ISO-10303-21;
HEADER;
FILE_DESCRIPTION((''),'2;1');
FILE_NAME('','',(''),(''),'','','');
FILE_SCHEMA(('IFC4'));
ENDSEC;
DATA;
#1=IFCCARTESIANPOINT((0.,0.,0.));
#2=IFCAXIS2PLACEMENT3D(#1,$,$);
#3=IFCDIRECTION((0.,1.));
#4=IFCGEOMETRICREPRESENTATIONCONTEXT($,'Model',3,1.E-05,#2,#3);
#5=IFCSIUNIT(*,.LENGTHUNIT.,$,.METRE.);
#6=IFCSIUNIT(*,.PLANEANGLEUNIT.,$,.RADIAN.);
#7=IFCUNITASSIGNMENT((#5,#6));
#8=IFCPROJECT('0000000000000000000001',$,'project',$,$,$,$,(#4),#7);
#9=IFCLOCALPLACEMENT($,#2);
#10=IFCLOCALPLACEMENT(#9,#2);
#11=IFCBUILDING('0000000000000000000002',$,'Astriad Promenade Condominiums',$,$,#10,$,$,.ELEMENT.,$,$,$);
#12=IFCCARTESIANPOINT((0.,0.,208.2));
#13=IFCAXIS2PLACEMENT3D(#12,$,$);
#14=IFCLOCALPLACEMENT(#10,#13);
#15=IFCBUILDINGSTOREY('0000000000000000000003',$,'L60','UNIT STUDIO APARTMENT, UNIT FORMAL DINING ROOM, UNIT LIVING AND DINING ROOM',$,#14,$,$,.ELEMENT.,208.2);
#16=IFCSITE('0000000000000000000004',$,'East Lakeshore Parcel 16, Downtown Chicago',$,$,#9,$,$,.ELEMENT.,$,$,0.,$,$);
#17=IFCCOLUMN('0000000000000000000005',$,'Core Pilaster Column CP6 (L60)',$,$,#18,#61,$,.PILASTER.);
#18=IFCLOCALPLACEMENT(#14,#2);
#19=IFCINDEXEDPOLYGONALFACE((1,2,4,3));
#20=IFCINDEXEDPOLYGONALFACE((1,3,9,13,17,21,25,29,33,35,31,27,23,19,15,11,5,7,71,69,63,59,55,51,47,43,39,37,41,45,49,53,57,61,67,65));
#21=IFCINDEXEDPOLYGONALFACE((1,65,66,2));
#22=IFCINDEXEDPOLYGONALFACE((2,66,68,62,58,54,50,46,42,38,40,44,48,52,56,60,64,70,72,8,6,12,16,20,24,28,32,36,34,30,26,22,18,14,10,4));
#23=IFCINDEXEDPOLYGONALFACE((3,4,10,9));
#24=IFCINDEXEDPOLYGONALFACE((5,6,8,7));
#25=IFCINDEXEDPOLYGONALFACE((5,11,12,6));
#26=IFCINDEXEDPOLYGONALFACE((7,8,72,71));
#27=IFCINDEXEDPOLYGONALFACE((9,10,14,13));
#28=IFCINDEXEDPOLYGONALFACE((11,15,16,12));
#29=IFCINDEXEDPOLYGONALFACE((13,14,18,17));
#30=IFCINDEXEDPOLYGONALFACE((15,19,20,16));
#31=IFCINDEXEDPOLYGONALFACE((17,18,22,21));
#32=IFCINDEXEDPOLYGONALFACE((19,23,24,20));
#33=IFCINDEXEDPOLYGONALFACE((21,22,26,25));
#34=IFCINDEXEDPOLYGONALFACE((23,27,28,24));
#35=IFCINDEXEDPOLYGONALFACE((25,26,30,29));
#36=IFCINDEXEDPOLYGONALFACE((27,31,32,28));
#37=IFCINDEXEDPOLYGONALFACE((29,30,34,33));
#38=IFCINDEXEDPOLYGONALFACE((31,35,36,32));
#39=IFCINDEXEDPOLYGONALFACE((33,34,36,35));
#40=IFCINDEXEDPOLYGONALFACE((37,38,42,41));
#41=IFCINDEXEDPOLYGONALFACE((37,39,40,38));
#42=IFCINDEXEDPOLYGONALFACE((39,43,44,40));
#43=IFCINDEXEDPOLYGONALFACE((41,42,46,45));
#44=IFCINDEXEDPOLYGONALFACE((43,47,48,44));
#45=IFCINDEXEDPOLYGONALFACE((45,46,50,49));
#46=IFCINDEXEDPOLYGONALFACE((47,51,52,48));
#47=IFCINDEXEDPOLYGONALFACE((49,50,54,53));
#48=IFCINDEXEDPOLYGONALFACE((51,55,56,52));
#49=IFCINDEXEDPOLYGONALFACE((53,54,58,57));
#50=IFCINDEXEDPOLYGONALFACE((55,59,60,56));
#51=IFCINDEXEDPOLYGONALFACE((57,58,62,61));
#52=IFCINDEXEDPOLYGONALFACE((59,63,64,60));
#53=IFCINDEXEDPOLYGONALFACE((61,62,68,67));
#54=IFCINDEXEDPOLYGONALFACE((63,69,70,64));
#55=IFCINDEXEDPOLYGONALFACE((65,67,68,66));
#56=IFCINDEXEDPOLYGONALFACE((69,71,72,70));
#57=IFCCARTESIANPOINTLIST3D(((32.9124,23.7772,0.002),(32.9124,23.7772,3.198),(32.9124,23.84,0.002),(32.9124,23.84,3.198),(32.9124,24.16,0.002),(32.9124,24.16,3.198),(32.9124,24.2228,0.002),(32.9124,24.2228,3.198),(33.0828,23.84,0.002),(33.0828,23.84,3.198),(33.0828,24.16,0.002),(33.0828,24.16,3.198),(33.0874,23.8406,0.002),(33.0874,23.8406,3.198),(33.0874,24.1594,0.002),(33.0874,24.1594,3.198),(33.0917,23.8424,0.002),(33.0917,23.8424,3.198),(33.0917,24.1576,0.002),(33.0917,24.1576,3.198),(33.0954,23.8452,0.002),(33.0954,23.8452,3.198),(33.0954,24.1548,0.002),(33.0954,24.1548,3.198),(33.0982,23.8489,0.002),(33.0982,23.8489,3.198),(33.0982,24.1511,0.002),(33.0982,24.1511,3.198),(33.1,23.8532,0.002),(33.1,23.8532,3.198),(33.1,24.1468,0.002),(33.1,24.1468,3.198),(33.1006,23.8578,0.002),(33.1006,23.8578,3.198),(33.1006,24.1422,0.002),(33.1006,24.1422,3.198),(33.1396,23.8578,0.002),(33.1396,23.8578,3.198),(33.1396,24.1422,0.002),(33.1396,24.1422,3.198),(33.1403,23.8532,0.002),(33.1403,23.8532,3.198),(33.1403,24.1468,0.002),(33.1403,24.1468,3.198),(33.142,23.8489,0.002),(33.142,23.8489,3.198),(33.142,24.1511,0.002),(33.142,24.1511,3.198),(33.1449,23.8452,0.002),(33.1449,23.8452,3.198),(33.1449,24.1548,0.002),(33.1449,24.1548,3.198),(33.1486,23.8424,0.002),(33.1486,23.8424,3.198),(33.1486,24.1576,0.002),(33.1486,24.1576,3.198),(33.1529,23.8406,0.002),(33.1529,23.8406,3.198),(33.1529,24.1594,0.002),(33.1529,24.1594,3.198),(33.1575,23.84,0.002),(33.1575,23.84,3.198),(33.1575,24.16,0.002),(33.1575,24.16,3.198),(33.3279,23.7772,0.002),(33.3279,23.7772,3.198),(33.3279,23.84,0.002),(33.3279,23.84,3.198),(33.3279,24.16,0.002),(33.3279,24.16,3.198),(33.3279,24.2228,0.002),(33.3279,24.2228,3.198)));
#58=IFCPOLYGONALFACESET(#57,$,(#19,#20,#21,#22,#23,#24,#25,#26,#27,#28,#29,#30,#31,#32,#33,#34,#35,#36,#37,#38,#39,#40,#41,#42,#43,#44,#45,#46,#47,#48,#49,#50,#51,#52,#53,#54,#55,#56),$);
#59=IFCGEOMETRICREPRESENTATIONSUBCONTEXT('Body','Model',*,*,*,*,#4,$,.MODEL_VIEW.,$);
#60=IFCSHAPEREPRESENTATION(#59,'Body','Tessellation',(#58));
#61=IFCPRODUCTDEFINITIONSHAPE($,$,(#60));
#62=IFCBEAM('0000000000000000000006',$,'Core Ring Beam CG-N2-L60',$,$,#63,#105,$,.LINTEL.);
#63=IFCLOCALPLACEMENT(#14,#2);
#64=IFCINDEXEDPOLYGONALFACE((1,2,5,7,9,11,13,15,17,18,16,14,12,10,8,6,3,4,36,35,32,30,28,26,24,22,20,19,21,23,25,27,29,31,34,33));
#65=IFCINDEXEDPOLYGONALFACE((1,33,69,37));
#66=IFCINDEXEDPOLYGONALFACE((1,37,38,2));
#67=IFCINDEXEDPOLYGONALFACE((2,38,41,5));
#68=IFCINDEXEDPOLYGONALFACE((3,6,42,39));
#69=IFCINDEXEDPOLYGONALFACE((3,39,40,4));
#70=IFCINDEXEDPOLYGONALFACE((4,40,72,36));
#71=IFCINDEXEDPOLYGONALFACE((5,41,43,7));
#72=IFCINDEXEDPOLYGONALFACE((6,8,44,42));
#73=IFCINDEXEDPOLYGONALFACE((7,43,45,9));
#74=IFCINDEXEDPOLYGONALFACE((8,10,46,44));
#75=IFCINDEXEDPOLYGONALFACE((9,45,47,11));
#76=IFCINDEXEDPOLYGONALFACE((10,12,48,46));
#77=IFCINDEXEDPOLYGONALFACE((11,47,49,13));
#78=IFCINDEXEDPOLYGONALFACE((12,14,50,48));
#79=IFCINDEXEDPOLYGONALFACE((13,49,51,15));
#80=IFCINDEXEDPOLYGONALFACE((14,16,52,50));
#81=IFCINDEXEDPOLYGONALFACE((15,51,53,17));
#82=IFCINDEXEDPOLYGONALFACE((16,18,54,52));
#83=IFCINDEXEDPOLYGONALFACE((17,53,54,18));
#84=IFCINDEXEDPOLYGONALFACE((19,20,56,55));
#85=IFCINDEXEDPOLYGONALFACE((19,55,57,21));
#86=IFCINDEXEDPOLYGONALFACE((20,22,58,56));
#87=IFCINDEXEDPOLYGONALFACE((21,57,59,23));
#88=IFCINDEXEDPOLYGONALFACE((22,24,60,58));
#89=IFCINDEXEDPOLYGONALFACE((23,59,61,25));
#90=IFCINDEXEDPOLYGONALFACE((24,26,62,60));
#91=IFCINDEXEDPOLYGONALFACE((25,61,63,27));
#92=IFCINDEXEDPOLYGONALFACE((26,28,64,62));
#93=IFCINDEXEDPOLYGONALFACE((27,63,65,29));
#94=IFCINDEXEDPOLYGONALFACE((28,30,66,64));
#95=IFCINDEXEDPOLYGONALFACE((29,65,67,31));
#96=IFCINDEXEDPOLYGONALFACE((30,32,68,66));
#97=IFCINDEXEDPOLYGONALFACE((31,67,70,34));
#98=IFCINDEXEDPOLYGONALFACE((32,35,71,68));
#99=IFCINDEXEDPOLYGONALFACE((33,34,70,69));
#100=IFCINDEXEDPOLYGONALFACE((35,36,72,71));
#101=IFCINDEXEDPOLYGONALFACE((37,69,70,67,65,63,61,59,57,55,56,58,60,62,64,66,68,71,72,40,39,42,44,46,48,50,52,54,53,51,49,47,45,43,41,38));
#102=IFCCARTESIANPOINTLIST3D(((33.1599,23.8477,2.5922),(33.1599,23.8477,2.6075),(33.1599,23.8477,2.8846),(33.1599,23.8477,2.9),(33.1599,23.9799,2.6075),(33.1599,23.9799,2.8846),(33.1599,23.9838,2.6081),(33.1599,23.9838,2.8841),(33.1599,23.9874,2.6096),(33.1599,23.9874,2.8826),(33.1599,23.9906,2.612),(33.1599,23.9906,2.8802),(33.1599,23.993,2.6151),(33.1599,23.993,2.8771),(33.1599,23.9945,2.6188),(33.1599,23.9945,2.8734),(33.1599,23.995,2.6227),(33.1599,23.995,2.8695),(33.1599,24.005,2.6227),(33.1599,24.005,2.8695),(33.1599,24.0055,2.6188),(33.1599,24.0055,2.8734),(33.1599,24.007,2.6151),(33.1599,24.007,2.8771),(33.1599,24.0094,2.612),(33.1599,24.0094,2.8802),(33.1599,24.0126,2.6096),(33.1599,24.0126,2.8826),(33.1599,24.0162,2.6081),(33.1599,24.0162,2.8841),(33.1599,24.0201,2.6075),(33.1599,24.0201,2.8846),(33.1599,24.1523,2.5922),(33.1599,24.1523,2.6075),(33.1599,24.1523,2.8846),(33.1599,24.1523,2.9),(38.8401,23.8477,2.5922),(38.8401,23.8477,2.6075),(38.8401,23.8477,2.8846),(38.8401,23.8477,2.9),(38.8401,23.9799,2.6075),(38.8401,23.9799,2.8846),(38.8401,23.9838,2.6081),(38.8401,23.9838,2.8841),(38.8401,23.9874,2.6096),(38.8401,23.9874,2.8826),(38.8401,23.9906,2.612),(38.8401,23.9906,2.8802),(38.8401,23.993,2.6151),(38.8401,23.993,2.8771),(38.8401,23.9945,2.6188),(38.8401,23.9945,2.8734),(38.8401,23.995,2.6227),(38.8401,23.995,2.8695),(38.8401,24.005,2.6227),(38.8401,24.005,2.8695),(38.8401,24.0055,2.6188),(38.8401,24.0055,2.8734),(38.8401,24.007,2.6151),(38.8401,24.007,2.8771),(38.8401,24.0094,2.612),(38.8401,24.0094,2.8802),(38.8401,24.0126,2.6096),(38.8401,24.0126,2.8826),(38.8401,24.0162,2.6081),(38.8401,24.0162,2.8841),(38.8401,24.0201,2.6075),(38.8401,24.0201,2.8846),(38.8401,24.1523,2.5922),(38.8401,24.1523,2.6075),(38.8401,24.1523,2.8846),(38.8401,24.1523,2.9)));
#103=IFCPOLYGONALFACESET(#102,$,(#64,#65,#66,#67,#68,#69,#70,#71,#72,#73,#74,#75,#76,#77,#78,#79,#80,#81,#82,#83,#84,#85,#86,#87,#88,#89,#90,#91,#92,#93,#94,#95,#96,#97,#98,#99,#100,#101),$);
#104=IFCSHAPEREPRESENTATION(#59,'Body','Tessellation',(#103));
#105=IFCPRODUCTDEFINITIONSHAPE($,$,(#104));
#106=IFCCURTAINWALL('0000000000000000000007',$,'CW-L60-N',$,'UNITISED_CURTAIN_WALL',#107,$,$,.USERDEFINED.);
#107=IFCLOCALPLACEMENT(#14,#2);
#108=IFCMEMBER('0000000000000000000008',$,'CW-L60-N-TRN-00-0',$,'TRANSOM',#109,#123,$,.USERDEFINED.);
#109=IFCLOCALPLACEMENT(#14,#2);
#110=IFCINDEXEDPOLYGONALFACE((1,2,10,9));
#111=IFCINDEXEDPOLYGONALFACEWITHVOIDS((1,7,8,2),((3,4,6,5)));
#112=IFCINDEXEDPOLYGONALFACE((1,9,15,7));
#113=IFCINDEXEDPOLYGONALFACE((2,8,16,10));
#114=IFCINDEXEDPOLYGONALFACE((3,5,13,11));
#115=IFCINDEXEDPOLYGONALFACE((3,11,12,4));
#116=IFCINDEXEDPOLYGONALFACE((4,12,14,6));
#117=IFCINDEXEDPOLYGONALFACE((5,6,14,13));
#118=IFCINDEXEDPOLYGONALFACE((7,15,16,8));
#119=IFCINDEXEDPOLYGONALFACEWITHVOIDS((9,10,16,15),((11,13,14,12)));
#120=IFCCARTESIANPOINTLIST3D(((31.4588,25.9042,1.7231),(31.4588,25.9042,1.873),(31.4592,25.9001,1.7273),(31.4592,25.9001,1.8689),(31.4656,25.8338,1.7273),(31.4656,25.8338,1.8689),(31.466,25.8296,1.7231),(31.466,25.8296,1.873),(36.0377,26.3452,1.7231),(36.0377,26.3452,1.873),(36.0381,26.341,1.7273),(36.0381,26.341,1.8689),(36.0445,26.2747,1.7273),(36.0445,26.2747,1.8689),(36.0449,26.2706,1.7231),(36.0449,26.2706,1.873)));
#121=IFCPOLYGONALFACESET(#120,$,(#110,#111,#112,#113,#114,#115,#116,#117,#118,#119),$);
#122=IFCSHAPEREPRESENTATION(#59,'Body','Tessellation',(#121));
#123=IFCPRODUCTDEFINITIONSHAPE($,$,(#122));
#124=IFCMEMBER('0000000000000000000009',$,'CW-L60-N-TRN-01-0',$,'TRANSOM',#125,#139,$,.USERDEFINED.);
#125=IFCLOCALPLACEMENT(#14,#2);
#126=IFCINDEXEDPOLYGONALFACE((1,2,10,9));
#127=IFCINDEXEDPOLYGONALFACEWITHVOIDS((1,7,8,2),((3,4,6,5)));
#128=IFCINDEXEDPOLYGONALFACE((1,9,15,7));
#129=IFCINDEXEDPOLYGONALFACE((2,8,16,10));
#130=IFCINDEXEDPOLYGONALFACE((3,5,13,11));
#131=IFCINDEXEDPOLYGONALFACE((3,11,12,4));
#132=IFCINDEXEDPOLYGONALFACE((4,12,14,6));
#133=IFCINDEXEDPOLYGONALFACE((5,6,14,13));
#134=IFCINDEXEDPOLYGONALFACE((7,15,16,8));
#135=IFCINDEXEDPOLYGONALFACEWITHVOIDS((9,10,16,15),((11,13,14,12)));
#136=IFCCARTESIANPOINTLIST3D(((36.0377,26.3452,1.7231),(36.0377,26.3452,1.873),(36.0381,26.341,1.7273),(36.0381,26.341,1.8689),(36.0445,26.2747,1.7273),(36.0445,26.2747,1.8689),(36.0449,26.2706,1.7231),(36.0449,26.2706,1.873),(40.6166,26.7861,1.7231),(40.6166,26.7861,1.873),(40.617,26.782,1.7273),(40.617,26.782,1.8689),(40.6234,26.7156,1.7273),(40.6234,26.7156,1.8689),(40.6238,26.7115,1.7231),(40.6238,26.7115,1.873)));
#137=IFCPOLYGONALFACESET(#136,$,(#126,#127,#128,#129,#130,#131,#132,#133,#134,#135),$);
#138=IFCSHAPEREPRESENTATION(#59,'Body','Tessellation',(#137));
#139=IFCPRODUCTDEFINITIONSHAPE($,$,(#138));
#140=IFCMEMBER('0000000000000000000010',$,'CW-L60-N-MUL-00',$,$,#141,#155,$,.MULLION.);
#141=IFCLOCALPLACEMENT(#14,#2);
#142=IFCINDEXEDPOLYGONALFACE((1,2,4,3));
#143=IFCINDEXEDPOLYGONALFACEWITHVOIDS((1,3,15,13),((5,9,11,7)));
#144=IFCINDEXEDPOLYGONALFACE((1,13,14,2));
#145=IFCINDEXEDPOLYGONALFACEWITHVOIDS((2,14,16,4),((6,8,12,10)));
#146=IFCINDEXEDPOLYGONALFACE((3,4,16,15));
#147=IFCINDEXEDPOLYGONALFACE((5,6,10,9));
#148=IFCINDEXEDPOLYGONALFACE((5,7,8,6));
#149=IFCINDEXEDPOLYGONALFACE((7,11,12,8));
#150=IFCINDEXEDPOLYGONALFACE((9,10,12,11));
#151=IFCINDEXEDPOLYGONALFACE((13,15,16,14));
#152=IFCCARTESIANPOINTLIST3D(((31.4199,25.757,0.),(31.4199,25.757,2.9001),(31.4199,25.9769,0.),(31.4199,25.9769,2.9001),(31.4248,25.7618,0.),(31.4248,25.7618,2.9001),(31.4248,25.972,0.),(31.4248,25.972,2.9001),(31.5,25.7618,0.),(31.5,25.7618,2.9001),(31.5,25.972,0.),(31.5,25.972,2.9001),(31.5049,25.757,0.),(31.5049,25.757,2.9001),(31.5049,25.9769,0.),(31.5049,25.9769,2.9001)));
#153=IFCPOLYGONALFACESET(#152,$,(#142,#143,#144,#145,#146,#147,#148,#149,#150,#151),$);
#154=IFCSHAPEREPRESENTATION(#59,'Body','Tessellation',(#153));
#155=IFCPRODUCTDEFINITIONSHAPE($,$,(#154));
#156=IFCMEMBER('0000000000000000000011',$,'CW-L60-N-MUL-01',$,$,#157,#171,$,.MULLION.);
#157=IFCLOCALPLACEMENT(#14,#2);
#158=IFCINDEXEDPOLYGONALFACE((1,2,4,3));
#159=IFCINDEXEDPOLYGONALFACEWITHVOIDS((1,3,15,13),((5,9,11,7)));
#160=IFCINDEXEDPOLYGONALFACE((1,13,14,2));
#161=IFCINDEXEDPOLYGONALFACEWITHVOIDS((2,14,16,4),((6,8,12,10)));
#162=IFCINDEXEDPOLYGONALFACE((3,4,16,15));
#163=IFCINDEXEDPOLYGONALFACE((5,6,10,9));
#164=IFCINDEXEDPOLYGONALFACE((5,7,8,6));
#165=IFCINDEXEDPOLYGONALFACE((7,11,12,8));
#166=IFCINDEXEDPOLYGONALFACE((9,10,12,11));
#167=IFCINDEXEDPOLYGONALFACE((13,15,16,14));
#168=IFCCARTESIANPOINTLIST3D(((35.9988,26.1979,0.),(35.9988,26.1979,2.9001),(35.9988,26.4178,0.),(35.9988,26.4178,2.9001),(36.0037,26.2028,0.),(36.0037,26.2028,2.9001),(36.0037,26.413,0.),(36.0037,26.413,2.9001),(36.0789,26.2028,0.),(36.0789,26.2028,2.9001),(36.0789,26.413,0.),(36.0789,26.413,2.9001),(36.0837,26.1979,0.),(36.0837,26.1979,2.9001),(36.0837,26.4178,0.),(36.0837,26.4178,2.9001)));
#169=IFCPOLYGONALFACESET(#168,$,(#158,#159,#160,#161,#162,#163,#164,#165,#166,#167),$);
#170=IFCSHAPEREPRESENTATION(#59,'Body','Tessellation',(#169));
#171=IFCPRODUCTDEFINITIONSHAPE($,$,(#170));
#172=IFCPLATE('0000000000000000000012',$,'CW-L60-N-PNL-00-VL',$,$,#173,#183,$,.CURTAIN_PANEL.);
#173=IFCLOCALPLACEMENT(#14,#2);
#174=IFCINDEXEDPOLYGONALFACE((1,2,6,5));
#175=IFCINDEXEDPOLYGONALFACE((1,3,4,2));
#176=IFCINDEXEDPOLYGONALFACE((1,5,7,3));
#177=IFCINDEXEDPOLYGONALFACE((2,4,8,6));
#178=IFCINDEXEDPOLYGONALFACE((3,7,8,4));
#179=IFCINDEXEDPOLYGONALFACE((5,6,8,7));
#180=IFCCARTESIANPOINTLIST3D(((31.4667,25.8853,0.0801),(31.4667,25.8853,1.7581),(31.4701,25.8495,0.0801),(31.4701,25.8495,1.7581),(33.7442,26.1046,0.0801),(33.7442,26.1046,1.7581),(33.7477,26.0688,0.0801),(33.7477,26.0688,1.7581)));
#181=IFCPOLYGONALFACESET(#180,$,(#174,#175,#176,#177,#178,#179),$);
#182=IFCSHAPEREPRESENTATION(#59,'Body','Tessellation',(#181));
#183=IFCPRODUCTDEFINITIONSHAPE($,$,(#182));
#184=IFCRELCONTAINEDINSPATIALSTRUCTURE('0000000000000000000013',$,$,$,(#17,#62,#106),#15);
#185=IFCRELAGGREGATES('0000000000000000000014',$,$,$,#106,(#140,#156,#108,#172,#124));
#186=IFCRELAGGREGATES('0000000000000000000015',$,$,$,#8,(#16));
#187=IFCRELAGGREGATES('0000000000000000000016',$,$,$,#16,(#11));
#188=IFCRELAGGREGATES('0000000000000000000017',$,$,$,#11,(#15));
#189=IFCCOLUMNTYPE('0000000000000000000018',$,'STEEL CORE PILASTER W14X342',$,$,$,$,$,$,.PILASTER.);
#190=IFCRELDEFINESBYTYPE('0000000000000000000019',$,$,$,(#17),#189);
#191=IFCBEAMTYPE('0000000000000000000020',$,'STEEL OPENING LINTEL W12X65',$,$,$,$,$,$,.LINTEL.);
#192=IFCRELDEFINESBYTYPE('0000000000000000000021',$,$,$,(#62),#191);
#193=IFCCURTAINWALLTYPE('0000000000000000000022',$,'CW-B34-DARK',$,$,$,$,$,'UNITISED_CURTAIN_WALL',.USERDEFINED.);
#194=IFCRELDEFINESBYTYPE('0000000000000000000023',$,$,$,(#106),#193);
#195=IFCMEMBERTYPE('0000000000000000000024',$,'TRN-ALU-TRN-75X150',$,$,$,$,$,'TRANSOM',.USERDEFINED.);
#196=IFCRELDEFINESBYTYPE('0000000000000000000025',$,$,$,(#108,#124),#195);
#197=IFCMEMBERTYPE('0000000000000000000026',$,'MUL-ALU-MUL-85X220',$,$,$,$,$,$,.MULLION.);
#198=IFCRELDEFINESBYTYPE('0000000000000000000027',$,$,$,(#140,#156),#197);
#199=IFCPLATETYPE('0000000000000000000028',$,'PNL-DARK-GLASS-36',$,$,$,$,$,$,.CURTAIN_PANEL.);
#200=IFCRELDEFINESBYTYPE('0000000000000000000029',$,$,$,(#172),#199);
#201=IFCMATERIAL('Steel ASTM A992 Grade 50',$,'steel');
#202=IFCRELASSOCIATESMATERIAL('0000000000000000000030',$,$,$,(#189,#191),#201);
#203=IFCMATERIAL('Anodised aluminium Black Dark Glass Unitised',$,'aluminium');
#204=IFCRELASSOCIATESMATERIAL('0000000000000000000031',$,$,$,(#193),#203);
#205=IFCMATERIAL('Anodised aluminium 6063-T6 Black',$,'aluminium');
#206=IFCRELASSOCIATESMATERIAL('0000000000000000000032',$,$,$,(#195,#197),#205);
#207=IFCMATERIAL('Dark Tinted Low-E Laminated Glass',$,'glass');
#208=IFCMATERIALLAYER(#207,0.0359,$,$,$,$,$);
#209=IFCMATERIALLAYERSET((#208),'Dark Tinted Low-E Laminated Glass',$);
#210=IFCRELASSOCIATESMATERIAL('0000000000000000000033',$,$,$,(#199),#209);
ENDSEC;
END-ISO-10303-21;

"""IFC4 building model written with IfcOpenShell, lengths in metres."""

from ifc_helpers import new_model, si_unit, direction, frame, origin, origin_2d, place, context, subcontext, project, spatial, rectangle, hollow_rectangle, i_section, extrude, source, transform, mapped, material, layer, layer_set, material_profile, profile_set, type_object, type_shapes, element, aggregate, save


model = new_model("IFC4")

# Units and contexts
model_context = context("Model", 3, precision=1e-05, world=origin(), true_north=direction((0.0, 1.0)))
body_context = subcontext(model_context, "Body", "Model", "MODEL_VIEW")
ifc_project = project(units=[si_unit("LENGTHUNIT", "METRE"), si_unit("PLANEANGLEUNIT", "RADIAN")], contexts=[model_context])

# Site, building, storey
site_placement = place(None, origin())
site = spatial("IfcSite", under=ifc_project, at=site_placement, Name="East Lakeshore Parcel 16, Downtown Chicago", CompositionType="ELEMENT", RefElevation=0.0)
building_placement = place(site_placement, origin())
building = spatial("IfcBuilding", under=site, at=building_placement, Name="Astriad Promenade Condominiums", CompositionType="ELEMENT")
storey_placement = place(building_placement, frame((0.0, 0.0, 208.2)))
storey = spatial("IfcBuildingStorey", under=building, at=storey_placement, Name="L60", Description="UNIT STUDIO APARTMENT, UNIT FORMAL DINING ROOM, UNIT LIVING AND DINING ROOM", CompositionType="ELEMENT", Elevation=208.2)

# Column
ifc_material_1 = material(Name="Steel ASTM A992 Grade 50", Category="steel")
ifc_material_profile_1 = material_profile(ifc_material_1, i_section(OverallWidth=0.4155, OverallDepth=0.4456, WebThickness=0.0391, FlangeThickness=0.0627, FilletRadius=0.0178, at=origin_2d()), Name="W14X342")
ifc_profile_set_1 = profile_set([ifc_material_profile_1], Name="Steel ASTM A992 Grade 50")
column_type = type_object("IfcColumnType", Name="STEEL CORE PILASTER W14X342", PredefinedType="PILASTER", material=ifc_profile_set_1)
shared_shape_1 = source(origin(), body_context, "Body", "SweptSolid", [
    extrude(i_section(OverallWidth=0.4155, OverallDepth=0.4456, WebThickness=0.0391, FlangeThickness=0.0627, FilletRadius=0.0178, at=origin_2d()), origin(), (0.0, 0.0, 1.0), 3.196),
])
type_shapes(column_type, [shared_shape_1])
column_placement = place(storey_placement, frame((33.1201, 24.0, 0.002), z_axis=(0.0, 0.0, 1.0), x_axis=(1.0, 0.0, 0.0)))
element("IfcColumn", 1, at=column_placement, inside=storey, type_object=column_type, Name="Core Pilaster Column CP6 (L60)", PredefinedType="PILASTER", context=body_context, shape_type="MappedRepresentation", body=[
    mapped(shared_shape_1, transform((0.0, 0.0, 0.0), scale=1.0)),
])

# Beam
ifc_material_profile_2 = material_profile(ifc_material_1, i_section(OverallWidth=0.3047, OverallDepth=0.3079, WebThickness=0.01, FlangeThickness=0.0154, FilletRadius=0.0151, at=origin_2d()), Name="W12X65")
ifc_profile_set_2 = profile_set([ifc_material_profile_2], Name="Steel ASTM A992 Grade 50")
beam_type = type_object("IfcBeamType", Name="STEEL OPENING LINTEL W12X65", PredefinedType="LINTEL", material=ifc_profile_set_2)
shared_shape_2 = source(origin(), body_context, "Body", "SweptSolid", [
    extrude(i_section(OverallWidth=0.3047, OverallDepth=0.3079, WebThickness=0.01, FlangeThickness=0.0154, FilletRadius=0.0151, at=origin_2d()), origin(), (0.0, 0.0, 1.0), 5.6802),
])
type_shapes(beam_type, [shared_shape_2])
beam_placement = place(storey_placement, frame((33.1599, 24.0, 2.7461), z_axis=(1.0, 0.0, 0.0), x_axis=(0.0, 1.0, 0.0)))
element("IfcBeam", 2, at=beam_placement, inside=storey, type_object=beam_type, Name="Core Ring Beam CG-N2-L60", PredefinedType="LINTEL", context=body_context, shape_type="MappedRepresentation", body=[
    mapped(shared_shape_2, transform((0.0, 0.0, 0.0), scale=1.0)),
])

# Curtain wall, members, plate
ifc_material_2 = material(Name="Anodised aluminium Black Dark Glass Unitised", Category="aluminium")
curtain_wall_type = type_object("IfcCurtainWallType", Name="CW-B34-DARK", ElementType="UNITISED_CURTAIN_WALL", PredefinedType="USERDEFINED", material=ifc_material_2)
curtain_wall_placement = place(storey_placement, origin())
curtain_wall = element("IfcCurtainWall", 3, at=curtain_wall_placement, inside=storey, type_object=curtain_wall_type, Name="CW-L60-N", ObjectType="UNITISED_CURTAIN_WALL", PredefinedType="USERDEFINED")
ifc_material_3 = material(Name="Anodised aluminium 6063-T6 Black", Category="aluminium")
ifc_material_profile_3 = material_profile(ifc_material_3, hollow_rectangle(XDim=0.075, YDim=0.1499, WallThickness=0.0042, at=origin_2d()), Name="ALU-TRN-75X150")
ifc_profile_set_3 = profile_set([ifc_material_profile_3], Name="Anodised aluminium 6063-T6 Black")
member_type_1 = type_object("IfcMemberType", Name="TRN-ALU-TRN-75X150", ElementType="TRANSOM", PredefinedType="USERDEFINED", material=ifc_profile_set_3)
shared_shape_3 = source(origin(), body_context, "Body", "SweptSolid", [
    extrude(hollow_rectangle(XDim=0.075, YDim=0.1499, WallThickness=0.0042, at=origin_2d()), origin(), (0.0, 0.0, 1.0), 4.6001),
])
type_shapes(member_type_1, [shared_shape_3])
member_1_placement = place(storey_placement, frame((31.4624, 25.8669, 1.7981), z_axis=(0.995396, 0.095851, 0.0), x_axis=(-0.095851, 0.995396, 0.0)))
member_1 = element("IfcMember", 4, at=member_1_placement, type_object=member_type_1, Name="CW-L60-N-TRN-00-0", ObjectType="TRANSOM", PredefinedType="USERDEFINED", context=body_context, shape_type="MappedRepresentation", body=[
    mapped(shared_shape_3, transform((0.0, 0.0, 0.0), scale=1.0)),
])
member_2_placement = place(storey_placement, frame((36.0413, 26.3079, 1.7981), z_axis=(0.995396, 0.095851, 0.0), x_axis=(-0.095851, 0.995396, 0.0)))
member_2 = element("IfcMember", 5, at=member_2_placement, type_object=member_type_1, Name="CW-L60-N-TRN-01-0", ObjectType="TRANSOM", PredefinedType="USERDEFINED", context=body_context, shape_type="MappedRepresentation", body=[
    mapped(shared_shape_3, transform((0.0, 0.0, 0.0), scale=1.0)),
])
ifc_material_profile_4 = material_profile(ifc_material_3, hollow_rectangle(XDim=0.085, YDim=0.22, WallThickness=0.0049, at=origin_2d()), Name="ALU-MUL-85X220")
ifc_profile_set_4 = profile_set([ifc_material_profile_4], Name="Anodised aluminium 6063-T6 Black")
member_type_2 = type_object("IfcMemberType", Name="MUL-ALU-MUL-85X220", PredefinedType="MULLION", material=ifc_profile_set_4)
shared_shape_4 = source(origin(), body_context, "Body", "SweptSolid", [
    extrude(hollow_rectangle(XDim=0.085, YDim=0.22, WallThickness=0.0049, at=origin_2d()), origin(), (0.0, 0.0, 1.0), 2.9001),
])
type_shapes(member_type_2, [shared_shape_4])
member_3_placement = place(storey_placement, frame((31.4624, 25.8669, 0.0), z_axis=(0.0, 0.0, 1.0), x_axis=(1.0, 0.0, 0.0)))
member_3 = element("IfcMember", 6, at=member_3_placement, type_object=member_type_2, Name="CW-L60-N-MUL-00", PredefinedType="MULLION", context=body_context, shape_type="MappedRepresentation", body=[
    mapped(shared_shape_4, transform((0.0, 0.0, 0.0), scale=1.0)),
])
member_4_placement = place(storey_placement, frame((36.0413, 26.3079, 0.0), z_axis=(0.0, 0.0, 1.0), x_axis=(1.0, 0.0, 0.0)))
member_4 = element("IfcMember", 7, at=member_4_placement, type_object=member_type_2, Name="CW-L60-N-MUL-01", PredefinedType="MULLION", context=body_context, shape_type="MappedRepresentation", body=[
    mapped(shared_shape_4, transform((0.0, 0.0, 0.0), scale=1.0)),
])
ifc_material_4 = material(Name="Dark Tinted Low-E Laminated Glass", Category="glass")
ifc_layer_1 = layer(ifc_material_4, 0.0359)
ifc_layer_set_1 = layer_set([ifc_layer_1], Name="Dark Tinted Low-E Laminated Glass")
plate_type = type_object("IfcPlateType", Name="PNL-DARK-GLASS-36", PredefinedType="CURTAIN_PANEL", material=ifc_layer_set_1)
shared_shape_5 = source(origin(), body_context, "Body", "SweptSolid", [
    extrude(rectangle(XDim=2.2881, YDim=0.0359, at=origin_2d()), origin(), (0.0, 0.0, 1.0), 1.678),
])
plate_1_placement = place(storey_placement, frame((32.6072, 25.9771, 0.0801), z_axis=(0.0, 0.0, 1.0), x_axis=(0.995396, 0.095846, 0.0)))
plate_1 = element("IfcPlate", 8, at=plate_1_placement, type_object=plate_type, Name="CW-L60-N-PNL-00-VL", PredefinedType="CURTAIN_PANEL", context=body_context, shape_type="MappedRepresentation", body=[
    mapped(shared_shape_5, transform((0.0, 0.0, 0.0), scale=1.0)),
])
aggregate(curtain_wall, [member_3, member_4, member_1, plate_1, member_2])

save(model, "model.ifc")
